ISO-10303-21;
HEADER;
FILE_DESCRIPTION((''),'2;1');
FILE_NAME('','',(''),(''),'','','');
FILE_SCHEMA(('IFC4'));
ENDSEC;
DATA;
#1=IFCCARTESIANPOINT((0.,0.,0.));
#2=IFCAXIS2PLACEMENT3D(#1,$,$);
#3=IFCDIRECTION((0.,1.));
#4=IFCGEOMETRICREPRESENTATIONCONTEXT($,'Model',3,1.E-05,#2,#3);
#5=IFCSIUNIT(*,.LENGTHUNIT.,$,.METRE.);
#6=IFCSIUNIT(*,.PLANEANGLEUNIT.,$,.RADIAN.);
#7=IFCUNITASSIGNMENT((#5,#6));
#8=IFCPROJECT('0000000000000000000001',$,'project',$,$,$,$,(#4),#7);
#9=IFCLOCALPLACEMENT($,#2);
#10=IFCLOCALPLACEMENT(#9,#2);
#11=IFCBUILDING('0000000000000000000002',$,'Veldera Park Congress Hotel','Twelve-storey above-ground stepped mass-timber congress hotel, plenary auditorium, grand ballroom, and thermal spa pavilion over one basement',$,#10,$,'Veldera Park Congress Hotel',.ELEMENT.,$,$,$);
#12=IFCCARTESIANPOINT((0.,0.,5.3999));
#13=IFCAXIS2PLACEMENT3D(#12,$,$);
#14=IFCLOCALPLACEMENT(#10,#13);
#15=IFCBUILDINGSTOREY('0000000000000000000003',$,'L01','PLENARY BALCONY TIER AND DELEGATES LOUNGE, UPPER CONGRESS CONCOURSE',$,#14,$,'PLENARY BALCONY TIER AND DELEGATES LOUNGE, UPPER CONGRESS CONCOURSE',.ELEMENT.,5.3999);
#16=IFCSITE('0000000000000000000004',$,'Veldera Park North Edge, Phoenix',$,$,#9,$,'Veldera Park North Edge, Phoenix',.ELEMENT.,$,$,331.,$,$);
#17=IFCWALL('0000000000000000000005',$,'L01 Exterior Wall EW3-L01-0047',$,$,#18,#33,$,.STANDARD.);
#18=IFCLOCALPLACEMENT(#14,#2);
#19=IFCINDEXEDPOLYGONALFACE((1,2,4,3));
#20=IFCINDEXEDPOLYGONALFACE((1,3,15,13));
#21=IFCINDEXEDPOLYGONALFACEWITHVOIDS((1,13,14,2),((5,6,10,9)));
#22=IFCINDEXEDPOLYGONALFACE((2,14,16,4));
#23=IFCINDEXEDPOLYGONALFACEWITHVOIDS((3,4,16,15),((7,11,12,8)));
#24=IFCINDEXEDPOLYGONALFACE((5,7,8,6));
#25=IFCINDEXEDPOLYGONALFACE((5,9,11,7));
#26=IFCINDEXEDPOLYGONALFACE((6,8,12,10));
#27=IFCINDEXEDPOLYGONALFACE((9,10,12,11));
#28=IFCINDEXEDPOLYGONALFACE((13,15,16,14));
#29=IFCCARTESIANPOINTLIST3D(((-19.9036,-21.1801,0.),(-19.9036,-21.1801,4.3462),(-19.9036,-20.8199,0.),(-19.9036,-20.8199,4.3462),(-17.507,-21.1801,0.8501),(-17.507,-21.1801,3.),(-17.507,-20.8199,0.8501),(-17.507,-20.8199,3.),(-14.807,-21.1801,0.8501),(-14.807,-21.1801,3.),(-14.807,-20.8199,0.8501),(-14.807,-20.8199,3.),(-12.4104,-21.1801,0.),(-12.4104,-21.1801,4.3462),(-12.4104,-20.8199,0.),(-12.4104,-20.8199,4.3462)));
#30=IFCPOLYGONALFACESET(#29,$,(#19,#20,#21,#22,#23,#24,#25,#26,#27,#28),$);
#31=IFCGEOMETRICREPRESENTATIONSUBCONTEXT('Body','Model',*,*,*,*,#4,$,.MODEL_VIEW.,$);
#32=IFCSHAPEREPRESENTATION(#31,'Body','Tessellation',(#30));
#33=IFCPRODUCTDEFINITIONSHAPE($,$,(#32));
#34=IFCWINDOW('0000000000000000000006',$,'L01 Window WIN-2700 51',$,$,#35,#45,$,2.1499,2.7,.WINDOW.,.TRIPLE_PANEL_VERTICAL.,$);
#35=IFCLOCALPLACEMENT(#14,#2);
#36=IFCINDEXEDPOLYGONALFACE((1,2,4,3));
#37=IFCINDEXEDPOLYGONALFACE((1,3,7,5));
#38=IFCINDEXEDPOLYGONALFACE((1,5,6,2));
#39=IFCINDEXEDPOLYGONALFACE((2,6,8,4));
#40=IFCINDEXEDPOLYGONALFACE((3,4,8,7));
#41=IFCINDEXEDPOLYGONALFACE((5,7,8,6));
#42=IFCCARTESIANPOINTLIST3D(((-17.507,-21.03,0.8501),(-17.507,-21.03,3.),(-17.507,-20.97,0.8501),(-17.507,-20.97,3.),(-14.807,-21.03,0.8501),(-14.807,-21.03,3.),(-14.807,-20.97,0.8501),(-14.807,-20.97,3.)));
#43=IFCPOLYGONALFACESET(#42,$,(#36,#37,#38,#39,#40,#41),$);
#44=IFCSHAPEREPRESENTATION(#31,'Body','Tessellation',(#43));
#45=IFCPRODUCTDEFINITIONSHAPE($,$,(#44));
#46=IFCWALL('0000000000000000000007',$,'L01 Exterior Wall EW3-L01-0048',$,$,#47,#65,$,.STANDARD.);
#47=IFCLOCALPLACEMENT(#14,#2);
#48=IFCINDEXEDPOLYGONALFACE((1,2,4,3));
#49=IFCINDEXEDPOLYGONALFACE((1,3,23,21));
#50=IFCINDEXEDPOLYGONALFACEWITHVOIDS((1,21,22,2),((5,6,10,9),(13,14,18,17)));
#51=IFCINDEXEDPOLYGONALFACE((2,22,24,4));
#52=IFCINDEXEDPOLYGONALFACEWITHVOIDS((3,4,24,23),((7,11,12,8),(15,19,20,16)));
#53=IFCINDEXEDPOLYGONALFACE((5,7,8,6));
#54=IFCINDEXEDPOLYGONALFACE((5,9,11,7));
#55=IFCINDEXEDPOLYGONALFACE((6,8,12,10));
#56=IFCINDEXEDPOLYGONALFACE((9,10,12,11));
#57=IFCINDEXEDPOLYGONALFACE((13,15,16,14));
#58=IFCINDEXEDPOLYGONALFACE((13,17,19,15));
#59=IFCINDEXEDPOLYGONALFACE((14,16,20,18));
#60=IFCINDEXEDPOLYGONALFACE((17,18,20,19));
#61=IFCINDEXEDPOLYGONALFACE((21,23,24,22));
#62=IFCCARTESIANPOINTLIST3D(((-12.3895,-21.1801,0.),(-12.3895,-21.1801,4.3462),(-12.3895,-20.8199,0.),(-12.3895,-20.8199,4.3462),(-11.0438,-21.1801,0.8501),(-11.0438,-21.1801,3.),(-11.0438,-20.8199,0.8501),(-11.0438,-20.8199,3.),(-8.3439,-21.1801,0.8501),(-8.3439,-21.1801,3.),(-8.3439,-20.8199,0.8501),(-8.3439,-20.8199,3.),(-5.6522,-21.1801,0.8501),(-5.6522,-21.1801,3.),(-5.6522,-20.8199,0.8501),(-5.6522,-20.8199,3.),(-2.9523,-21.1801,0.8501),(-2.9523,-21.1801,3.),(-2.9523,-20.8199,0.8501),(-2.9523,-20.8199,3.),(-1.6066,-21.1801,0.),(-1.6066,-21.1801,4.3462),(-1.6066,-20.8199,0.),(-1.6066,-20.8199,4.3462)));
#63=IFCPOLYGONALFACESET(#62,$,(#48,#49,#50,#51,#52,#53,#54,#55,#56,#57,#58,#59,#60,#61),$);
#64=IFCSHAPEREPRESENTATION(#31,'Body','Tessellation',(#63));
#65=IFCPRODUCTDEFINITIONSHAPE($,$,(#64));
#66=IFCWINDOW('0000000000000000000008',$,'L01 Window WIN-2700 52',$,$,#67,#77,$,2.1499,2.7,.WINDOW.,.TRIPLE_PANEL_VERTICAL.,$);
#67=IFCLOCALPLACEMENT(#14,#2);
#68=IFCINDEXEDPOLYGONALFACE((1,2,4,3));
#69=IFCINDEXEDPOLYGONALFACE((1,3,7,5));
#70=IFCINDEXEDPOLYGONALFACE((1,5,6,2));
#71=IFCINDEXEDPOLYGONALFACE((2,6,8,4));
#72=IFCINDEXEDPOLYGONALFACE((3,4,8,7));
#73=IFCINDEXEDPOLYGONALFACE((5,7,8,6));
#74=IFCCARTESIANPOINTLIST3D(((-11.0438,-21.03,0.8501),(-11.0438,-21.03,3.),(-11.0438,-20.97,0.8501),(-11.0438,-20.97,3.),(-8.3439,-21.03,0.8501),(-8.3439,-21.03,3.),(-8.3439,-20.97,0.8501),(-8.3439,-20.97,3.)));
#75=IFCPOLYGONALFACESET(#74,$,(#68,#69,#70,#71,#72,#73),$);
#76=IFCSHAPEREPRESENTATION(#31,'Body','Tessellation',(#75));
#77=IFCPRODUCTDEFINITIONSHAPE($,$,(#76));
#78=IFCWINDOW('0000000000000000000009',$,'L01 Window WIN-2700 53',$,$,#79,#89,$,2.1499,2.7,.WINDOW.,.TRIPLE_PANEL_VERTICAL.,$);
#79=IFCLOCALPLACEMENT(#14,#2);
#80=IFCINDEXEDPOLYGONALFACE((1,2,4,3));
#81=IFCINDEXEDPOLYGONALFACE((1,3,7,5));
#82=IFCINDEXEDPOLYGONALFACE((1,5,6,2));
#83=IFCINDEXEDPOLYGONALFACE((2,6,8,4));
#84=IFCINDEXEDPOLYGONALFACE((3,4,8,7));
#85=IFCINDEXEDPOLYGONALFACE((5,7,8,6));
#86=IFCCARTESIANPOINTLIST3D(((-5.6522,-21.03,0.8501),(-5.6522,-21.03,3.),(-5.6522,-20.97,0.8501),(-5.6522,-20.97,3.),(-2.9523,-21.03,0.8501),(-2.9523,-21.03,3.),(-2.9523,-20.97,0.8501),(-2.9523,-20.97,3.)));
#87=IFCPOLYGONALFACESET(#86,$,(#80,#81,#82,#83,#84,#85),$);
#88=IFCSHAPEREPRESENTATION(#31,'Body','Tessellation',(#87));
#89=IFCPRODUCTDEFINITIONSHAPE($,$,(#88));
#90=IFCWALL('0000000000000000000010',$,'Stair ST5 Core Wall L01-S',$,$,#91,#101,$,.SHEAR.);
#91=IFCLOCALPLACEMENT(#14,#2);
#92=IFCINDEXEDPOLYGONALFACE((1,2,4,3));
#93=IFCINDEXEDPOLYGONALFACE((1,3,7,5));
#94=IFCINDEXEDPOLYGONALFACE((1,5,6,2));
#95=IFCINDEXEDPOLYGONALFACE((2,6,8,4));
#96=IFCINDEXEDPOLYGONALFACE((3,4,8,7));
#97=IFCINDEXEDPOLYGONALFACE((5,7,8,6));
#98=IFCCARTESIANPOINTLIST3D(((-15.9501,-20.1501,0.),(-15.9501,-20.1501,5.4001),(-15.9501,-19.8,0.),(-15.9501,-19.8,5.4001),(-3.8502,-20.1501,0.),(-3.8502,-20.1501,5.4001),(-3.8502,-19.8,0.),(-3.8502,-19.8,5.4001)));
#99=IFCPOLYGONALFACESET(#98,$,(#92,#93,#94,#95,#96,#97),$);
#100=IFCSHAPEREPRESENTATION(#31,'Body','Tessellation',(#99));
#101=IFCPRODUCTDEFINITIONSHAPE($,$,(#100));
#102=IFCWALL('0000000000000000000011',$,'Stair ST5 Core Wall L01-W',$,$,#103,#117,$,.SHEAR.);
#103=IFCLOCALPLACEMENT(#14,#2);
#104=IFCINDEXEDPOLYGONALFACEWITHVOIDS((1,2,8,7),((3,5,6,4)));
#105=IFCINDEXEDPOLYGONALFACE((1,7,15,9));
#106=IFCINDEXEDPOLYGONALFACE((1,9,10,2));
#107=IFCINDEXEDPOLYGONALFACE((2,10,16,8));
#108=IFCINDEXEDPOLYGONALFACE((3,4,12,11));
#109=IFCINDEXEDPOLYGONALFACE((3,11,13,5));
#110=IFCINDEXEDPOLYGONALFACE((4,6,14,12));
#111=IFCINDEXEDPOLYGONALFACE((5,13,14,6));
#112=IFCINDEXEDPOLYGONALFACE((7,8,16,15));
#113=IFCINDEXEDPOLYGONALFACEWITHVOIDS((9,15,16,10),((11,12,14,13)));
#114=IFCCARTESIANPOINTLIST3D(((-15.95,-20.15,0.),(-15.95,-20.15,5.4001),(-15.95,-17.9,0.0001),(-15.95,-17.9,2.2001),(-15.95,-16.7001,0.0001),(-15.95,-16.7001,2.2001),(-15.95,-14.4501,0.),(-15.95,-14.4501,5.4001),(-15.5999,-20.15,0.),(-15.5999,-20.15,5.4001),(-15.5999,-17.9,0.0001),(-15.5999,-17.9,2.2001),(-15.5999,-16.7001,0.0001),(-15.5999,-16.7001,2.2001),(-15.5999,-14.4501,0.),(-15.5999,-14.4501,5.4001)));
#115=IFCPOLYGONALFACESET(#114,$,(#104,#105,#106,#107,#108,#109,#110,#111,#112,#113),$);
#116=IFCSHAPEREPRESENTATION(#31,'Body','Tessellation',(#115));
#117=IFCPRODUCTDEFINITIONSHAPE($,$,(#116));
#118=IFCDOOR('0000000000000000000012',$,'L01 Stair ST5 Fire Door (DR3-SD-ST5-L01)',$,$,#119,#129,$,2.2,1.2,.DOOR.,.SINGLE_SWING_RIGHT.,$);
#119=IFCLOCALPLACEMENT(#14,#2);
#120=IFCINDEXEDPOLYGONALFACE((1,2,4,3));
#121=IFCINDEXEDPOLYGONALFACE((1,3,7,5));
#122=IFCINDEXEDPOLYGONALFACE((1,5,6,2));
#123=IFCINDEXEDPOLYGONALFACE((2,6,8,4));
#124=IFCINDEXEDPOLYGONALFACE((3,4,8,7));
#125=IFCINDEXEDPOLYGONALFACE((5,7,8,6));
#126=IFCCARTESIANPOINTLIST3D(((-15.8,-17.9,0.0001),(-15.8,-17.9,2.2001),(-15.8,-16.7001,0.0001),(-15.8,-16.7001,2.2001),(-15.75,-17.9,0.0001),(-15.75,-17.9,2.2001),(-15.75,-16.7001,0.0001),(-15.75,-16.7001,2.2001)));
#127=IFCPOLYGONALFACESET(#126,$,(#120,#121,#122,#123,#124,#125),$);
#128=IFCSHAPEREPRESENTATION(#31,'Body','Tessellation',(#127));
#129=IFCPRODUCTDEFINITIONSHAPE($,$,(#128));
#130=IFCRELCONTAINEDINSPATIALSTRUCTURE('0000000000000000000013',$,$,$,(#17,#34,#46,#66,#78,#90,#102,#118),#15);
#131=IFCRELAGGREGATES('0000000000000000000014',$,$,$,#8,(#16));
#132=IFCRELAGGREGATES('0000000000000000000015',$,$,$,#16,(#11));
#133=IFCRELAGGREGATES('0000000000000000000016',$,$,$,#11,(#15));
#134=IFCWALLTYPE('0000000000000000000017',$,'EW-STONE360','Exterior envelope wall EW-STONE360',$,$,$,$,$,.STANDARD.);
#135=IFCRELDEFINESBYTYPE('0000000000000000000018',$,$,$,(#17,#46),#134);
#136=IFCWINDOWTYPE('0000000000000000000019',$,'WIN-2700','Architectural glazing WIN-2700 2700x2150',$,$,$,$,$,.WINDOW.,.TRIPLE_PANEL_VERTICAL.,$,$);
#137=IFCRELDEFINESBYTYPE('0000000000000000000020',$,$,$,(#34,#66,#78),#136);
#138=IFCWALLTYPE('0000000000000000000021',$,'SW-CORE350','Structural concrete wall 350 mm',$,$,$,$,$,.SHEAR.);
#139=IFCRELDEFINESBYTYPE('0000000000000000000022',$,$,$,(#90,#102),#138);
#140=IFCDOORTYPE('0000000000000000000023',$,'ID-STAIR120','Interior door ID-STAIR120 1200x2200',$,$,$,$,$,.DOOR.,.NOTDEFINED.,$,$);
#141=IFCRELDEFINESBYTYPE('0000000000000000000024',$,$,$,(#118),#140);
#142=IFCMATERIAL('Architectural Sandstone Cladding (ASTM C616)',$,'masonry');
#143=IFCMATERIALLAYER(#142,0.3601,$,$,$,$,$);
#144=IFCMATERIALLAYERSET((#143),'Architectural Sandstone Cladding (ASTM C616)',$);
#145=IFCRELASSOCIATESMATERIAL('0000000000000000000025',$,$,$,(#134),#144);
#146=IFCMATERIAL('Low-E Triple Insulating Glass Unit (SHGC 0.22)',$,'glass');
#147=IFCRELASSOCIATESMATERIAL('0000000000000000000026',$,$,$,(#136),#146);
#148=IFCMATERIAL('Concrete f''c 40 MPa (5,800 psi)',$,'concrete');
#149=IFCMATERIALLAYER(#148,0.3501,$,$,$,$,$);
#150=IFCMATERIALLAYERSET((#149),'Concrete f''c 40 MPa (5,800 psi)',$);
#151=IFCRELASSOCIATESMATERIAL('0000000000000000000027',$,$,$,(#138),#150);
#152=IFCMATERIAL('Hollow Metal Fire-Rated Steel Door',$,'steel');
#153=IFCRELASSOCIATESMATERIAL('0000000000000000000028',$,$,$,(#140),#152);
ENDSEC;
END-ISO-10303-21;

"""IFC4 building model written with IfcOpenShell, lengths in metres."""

from ifc_helpers import new_model, si_unit, direction, frame, frame_2d, origin, place, context, subcontext, project, spatial, rectangle, extrude, material, layer, layer_set, type_object, element, fill, save


model = new_model("IFC4")

# Units and contexts
model_context = context("Model", 3, precision=1e-05, world=origin(), true_north=direction((0.0, 1.0)))
body_context = subcontext(model_context, "Body", "Model", "MODEL_VIEW")
ifc_project = project(units=[si_unit("LENGTHUNIT", "METRE"), si_unit("PLANEANGLEUNIT", "RADIAN")], contexts=[model_context])

# Site, building, storey
site_placement = place(None, origin())
site = spatial("IfcSite", under=ifc_project, at=site_placement, Name="Veldera Park North Edge, Phoenix", LongName="Veldera Park North Edge, Phoenix", CompositionType="ELEMENT", RefElevation=331.0)
building_placement = place(site_placement, origin())
building = spatial("IfcBuilding", under=site, at=building_placement, Name="Veldera Park Congress Hotel", Description="Twelve-storey above-ground stepped mass-timber congress hotel, plenary auditorium, grand ballroom, and thermal spa pavilion over one basement", LongName="Veldera Park Congress Hotel", CompositionType="ELEMENT")
storey_placement = place(building_placement, frame((0.0, 0.0, 5.3999)))
storey = spatial("IfcBuildingStorey", under=building, at=storey_placement, Name="L01", Description="PLENARY BALCONY TIER AND DELEGATES LOUNGE, UPPER CONGRESS CONCOURSE", LongName="PLENARY BALCONY TIER AND DELEGATES LOUNGE, UPPER CONGRESS CONCOURSE", CompositionType="ELEMENT", Elevation=5.3999)

# Wall, opening, window
ifc_material_1 = material(Name="Architectural Sandstone Cladding (ASTM C616)", Category="masonry")
ifc_layer_1 = layer(ifc_material_1, 0.3601)
ifc_layer_set_1 = layer_set([ifc_layer_1], Name="Architectural Sandstone Cladding (ASTM C616)")
wall_type_1 = type_object("IfcWallType", Name="EW-STONE360", Description="Exterior envelope wall EW-STONE360", PredefinedType="STANDARD", material=ifc_layer_set_1)
wall_1_placement = place(storey_placement, frame((-19.9036, -21.0, 0.0), z_axis=(0.0, 0.0, 1.0), x_axis=(1.0, 0.0, 0.0)))
wall_1 = element("IfcWall", 1, at=wall_1_placement, inside=storey, type_object=wall_type_1, Name="L01 Exterior Wall EW3-L01-0047", PredefinedType="STANDARD", context=body_context, shape_type="SweptSolid", body=[
    extrude(rectangle(XDim=7.4932, YDim=0.3601, at=frame_2d((3.7466, 0.0))), origin(), (0.0, 0.0, 1.0), 4.3462),
])
opening_1_placement = place(wall_1_placement, frame((2.3965, 0.0, 0.8501)))
opening_1 = element("IfcOpeningElement", 2, at=opening_1_placement, cuts=wall_1, PredefinedType="OPENING", context=body_context, shape_type="SweptSolid", body=[
    extrude(rectangle(XDim=2.7, YDim=2.1499, at=frame_2d((1.3501, 1.075))), frame((0.0, 0.1921, 0.0), z_axis=(0.0, -1.0, 0.0), x_axis=(1.0, 0.0, 0.0)), (0.0, 0.0, 1.0), 0.384),
])
ifc_material_2 = material(Name="Low-E Triple Insulating Glass Unit (SHGC 0.22)", Category="glass")
window_type = type_object("IfcWindowType", Name="WIN-2700", Description="Architectural glazing WIN-2700 2700x2150", PartitioningType="TRIPLE_PANEL_VERTICAL", PredefinedType="WINDOW", material=ifc_material_2)
window_1_placement = place(opening_1_placement, origin())
window_1 = element("IfcWindow", 3, at=window_1_placement, inside=storey, type_object=window_type, Name="L01 Window WIN-2700 51", OverallHeight=2.1499, OverallWidth=2.7, PartitioningType="TRIPLE_PANEL_VERTICAL", PredefinedType="WINDOW", context=body_context, shape_type="SweptSolid", body=[
    extrude(rectangle(XDim=2.7, YDim=2.1499, at=frame_2d((1.3501, 1.075))), frame((0.0, 0.03, 0.0), z_axis=(0.0, -1.0, 0.0), x_axis=(1.0, 0.0, 0.0)), (0.0, 0.0, 1.0), 0.0601),
])
fill(opening_1, window_1)

# Wall, openings, windows
wall_2_placement = place(storey_placement, frame((-12.3896, -21.0, 0.0), z_axis=(0.0, 0.0, 1.0), x_axis=(1.0, 0.0, 0.0)))
wall_2 = element("IfcWall", 4, at=wall_2_placement, inside=storey, type_object=wall_type_1, Name="L01 Exterior Wall EW3-L01-0048", PredefinedType="STANDARD", context=body_context, shape_type="SweptSolid", body=[
    extrude(rectangle(XDim=10.783, YDim=0.3601, at=frame_2d((5.3916, 0.0))), origin(), (0.0, 0.0, 1.0), 4.3462),
])
opening_2_placement = place(wall_2_placement, frame((1.3457, 0.0, 0.8501)))
opening_2 = element("IfcOpeningElement", 5, at=opening_2_placement, cuts=wall_2, PredefinedType="OPENING", context=body_context, shape_type="SweptSolid", body=[
    extrude(rectangle(XDim=2.7, YDim=2.1499, at=frame_2d((1.3501, 1.075))), frame((0.0, 0.1921, 0.0), z_axis=(0.0, -1.0, 0.0), x_axis=(1.0, 0.0, 0.0)), (0.0, 0.0, 1.0), 0.384),
])
opening_3_placement = place(wall_2_placement, frame((6.7373, 0.0, 0.8501)))
opening_3 = element("IfcOpeningElement", 6, at=opening_3_placement, cuts=wall_2, PredefinedType="OPENING", context=body_context, shape_type="SweptSolid", body=[
    extrude(rectangle(XDim=2.7, YDim=2.1499, at=frame_2d((1.3501, 1.075))), frame((0.0, 0.1921, 0.0), z_axis=(0.0, -1.0, 0.0), x_axis=(1.0, 0.0, 0.0)), (0.0, 0.0, 1.0), 0.384),
])
window_2_placement = place(opening_2_placement, origin())
window_2 = element("IfcWindow", 7, at=window_2_placement, inside=storey, type_object=window_type, Name="L01 Window WIN-2700 52", OverallHeight=2.1499, OverallWidth=2.7, PartitioningType="TRIPLE_PANEL_VERTICAL", PredefinedType="WINDOW", context=body_context, shape_type="SweptSolid", body=[
    extrude(rectangle(XDim=2.7, YDim=2.1499, at=frame_2d((1.3501, 1.075))), frame((0.0, 0.03, 0.0), z_axis=(0.0, -1.0, 0.0), x_axis=(1.0, 0.0, 0.0)), (0.0, 0.0, 1.0), 0.0601),
])
fill(opening_2, window_2)
window_3_placement = place(opening_3_placement, origin())
window_3 = element("IfcWindow", 8, at=window_3_placement, inside=storey, type_object=window_type, Name="L01 Window WIN-2700 53", OverallHeight=2.1499, OverallWidth=2.7, PartitioningType="TRIPLE_PANEL_VERTICAL", PredefinedType="WINDOW", context=body_context, shape_type="SweptSolid", body=[
    extrude(rectangle(XDim=2.7, YDim=2.1499, at=frame_2d((1.3501, 1.075))), frame((0.0, 0.03, 0.0), z_axis=(0.0, -1.0, 0.0), x_axis=(1.0, 0.0, 0.0)), (0.0, 0.0, 1.0), 0.0601),
])
fill(opening_3, window_3)

# Wall
ifc_material_3 = material(Name="Concrete f'c 40 MPa (5,800 psi)", Category="concrete")
ifc_layer_2 = layer(ifc_material_3, 0.3501)
ifc_layer_set_2 = layer_set([ifc_layer_2], Name="Concrete f'c 40 MPa (5,800 psi)")
wall_type_2 = type_object("IfcWallType", Name="SW-CORE350", Description="Structural concrete wall 350 mm", PredefinedType="SHEAR", material=ifc_layer_set_2)
wall_3_placement = place(storey_placement, frame((-15.95, -19.9751, 0.0), z_axis=(0.0, 0.0, 1.0), x_axis=(1.0, 0.0, 0.0)))
element("IfcWall", 9, at=wall_3_placement, inside=storey, type_object=wall_type_2, Name="Stair ST5 Core Wall L01-S", PredefinedType="SHEAR", context=body_context, shape_type="SweptSolid", body=[
    extrude(rectangle(XDim=12.0999, YDim=0.3501, at=frame_2d((6.0498, 0.0))), origin(), (0.0, 0.0, 1.0), 5.4001),
])

# Wall, opening, door
wall_4_placement = place(storey_placement, frame((-15.7749, -14.45, 0.0), z_axis=(0.0, 0.0, 1.0), x_axis=(0.0, -1.0, 0.0)))
wall_4 = element("IfcWall", 10, at=wall_4_placement, inside=storey, type_object=wall_type_2, Name="Stair ST5 Core Wall L01-W", PredefinedType="SHEAR", context=body_context, shape_type="SweptSolid", body=[
    extrude(rectangle(XDim=5.7, YDim=0.3501, at=frame_2d((2.8501, 0.0))), origin(), (0.0, 0.0, 1.0), 5.4001),
])
opening_4_placement = place(wall_4_placement, frame((2.25, 0.0, 0.0)))
opening_4 = element("IfcOpeningElement", 11, at=opening_4_placement, cuts=wall_4, PredefinedType="OPENING", context=body_context, shape_type="SweptSolid", body=[
    extrude(rectangle(XDim=1.2, YDim=2.2, at=frame_2d((0.6001, 1.1001))), frame((0.0, 0.187, 0.0), z_axis=(0.0, -1.0, 0.0), x_axis=(1.0, 0.0, 0.0)), (0.0, 0.0, 1.0), 0.374),
])
ifc_material_4 = material(Name="Hollow Metal Fire-Rated Steel Door", Category="steel")
door_type = type_object("IfcDoorType", Name="ID-STAIR120", Description="Interior door ID-STAIR120 1200x2200", OperationType="NOTDEFINED", PredefinedType="DOOR", material=ifc_material_4)
door_placement = place(opening_4_placement, origin())
door = element("IfcDoor", 12, at=door_placement, inside=storey, type_object=door_type, Name="L01 Stair ST5 Fire Door (DR3-SD-ST5-L01)", OperationType="SINGLE_SWING_RIGHT", OverallHeight=2.2, OverallWidth=1.2, PredefinedType="DOOR", context=body_context, shape_type="SweptSolid", body=[
    extrude(rectangle(XDim=1.2, YDim=2.2, at=frame_2d((0.6001, 1.1001))), frame((0.0, 0.0249, 0.0), z_axis=(0.0, -1.0, 0.0), x_axis=(1.0, 0.0, 0.0)), (0.0, 0.0, 1.0), 0.05),
])
fill(opening_4, door)

save(model, "model.ifc")
